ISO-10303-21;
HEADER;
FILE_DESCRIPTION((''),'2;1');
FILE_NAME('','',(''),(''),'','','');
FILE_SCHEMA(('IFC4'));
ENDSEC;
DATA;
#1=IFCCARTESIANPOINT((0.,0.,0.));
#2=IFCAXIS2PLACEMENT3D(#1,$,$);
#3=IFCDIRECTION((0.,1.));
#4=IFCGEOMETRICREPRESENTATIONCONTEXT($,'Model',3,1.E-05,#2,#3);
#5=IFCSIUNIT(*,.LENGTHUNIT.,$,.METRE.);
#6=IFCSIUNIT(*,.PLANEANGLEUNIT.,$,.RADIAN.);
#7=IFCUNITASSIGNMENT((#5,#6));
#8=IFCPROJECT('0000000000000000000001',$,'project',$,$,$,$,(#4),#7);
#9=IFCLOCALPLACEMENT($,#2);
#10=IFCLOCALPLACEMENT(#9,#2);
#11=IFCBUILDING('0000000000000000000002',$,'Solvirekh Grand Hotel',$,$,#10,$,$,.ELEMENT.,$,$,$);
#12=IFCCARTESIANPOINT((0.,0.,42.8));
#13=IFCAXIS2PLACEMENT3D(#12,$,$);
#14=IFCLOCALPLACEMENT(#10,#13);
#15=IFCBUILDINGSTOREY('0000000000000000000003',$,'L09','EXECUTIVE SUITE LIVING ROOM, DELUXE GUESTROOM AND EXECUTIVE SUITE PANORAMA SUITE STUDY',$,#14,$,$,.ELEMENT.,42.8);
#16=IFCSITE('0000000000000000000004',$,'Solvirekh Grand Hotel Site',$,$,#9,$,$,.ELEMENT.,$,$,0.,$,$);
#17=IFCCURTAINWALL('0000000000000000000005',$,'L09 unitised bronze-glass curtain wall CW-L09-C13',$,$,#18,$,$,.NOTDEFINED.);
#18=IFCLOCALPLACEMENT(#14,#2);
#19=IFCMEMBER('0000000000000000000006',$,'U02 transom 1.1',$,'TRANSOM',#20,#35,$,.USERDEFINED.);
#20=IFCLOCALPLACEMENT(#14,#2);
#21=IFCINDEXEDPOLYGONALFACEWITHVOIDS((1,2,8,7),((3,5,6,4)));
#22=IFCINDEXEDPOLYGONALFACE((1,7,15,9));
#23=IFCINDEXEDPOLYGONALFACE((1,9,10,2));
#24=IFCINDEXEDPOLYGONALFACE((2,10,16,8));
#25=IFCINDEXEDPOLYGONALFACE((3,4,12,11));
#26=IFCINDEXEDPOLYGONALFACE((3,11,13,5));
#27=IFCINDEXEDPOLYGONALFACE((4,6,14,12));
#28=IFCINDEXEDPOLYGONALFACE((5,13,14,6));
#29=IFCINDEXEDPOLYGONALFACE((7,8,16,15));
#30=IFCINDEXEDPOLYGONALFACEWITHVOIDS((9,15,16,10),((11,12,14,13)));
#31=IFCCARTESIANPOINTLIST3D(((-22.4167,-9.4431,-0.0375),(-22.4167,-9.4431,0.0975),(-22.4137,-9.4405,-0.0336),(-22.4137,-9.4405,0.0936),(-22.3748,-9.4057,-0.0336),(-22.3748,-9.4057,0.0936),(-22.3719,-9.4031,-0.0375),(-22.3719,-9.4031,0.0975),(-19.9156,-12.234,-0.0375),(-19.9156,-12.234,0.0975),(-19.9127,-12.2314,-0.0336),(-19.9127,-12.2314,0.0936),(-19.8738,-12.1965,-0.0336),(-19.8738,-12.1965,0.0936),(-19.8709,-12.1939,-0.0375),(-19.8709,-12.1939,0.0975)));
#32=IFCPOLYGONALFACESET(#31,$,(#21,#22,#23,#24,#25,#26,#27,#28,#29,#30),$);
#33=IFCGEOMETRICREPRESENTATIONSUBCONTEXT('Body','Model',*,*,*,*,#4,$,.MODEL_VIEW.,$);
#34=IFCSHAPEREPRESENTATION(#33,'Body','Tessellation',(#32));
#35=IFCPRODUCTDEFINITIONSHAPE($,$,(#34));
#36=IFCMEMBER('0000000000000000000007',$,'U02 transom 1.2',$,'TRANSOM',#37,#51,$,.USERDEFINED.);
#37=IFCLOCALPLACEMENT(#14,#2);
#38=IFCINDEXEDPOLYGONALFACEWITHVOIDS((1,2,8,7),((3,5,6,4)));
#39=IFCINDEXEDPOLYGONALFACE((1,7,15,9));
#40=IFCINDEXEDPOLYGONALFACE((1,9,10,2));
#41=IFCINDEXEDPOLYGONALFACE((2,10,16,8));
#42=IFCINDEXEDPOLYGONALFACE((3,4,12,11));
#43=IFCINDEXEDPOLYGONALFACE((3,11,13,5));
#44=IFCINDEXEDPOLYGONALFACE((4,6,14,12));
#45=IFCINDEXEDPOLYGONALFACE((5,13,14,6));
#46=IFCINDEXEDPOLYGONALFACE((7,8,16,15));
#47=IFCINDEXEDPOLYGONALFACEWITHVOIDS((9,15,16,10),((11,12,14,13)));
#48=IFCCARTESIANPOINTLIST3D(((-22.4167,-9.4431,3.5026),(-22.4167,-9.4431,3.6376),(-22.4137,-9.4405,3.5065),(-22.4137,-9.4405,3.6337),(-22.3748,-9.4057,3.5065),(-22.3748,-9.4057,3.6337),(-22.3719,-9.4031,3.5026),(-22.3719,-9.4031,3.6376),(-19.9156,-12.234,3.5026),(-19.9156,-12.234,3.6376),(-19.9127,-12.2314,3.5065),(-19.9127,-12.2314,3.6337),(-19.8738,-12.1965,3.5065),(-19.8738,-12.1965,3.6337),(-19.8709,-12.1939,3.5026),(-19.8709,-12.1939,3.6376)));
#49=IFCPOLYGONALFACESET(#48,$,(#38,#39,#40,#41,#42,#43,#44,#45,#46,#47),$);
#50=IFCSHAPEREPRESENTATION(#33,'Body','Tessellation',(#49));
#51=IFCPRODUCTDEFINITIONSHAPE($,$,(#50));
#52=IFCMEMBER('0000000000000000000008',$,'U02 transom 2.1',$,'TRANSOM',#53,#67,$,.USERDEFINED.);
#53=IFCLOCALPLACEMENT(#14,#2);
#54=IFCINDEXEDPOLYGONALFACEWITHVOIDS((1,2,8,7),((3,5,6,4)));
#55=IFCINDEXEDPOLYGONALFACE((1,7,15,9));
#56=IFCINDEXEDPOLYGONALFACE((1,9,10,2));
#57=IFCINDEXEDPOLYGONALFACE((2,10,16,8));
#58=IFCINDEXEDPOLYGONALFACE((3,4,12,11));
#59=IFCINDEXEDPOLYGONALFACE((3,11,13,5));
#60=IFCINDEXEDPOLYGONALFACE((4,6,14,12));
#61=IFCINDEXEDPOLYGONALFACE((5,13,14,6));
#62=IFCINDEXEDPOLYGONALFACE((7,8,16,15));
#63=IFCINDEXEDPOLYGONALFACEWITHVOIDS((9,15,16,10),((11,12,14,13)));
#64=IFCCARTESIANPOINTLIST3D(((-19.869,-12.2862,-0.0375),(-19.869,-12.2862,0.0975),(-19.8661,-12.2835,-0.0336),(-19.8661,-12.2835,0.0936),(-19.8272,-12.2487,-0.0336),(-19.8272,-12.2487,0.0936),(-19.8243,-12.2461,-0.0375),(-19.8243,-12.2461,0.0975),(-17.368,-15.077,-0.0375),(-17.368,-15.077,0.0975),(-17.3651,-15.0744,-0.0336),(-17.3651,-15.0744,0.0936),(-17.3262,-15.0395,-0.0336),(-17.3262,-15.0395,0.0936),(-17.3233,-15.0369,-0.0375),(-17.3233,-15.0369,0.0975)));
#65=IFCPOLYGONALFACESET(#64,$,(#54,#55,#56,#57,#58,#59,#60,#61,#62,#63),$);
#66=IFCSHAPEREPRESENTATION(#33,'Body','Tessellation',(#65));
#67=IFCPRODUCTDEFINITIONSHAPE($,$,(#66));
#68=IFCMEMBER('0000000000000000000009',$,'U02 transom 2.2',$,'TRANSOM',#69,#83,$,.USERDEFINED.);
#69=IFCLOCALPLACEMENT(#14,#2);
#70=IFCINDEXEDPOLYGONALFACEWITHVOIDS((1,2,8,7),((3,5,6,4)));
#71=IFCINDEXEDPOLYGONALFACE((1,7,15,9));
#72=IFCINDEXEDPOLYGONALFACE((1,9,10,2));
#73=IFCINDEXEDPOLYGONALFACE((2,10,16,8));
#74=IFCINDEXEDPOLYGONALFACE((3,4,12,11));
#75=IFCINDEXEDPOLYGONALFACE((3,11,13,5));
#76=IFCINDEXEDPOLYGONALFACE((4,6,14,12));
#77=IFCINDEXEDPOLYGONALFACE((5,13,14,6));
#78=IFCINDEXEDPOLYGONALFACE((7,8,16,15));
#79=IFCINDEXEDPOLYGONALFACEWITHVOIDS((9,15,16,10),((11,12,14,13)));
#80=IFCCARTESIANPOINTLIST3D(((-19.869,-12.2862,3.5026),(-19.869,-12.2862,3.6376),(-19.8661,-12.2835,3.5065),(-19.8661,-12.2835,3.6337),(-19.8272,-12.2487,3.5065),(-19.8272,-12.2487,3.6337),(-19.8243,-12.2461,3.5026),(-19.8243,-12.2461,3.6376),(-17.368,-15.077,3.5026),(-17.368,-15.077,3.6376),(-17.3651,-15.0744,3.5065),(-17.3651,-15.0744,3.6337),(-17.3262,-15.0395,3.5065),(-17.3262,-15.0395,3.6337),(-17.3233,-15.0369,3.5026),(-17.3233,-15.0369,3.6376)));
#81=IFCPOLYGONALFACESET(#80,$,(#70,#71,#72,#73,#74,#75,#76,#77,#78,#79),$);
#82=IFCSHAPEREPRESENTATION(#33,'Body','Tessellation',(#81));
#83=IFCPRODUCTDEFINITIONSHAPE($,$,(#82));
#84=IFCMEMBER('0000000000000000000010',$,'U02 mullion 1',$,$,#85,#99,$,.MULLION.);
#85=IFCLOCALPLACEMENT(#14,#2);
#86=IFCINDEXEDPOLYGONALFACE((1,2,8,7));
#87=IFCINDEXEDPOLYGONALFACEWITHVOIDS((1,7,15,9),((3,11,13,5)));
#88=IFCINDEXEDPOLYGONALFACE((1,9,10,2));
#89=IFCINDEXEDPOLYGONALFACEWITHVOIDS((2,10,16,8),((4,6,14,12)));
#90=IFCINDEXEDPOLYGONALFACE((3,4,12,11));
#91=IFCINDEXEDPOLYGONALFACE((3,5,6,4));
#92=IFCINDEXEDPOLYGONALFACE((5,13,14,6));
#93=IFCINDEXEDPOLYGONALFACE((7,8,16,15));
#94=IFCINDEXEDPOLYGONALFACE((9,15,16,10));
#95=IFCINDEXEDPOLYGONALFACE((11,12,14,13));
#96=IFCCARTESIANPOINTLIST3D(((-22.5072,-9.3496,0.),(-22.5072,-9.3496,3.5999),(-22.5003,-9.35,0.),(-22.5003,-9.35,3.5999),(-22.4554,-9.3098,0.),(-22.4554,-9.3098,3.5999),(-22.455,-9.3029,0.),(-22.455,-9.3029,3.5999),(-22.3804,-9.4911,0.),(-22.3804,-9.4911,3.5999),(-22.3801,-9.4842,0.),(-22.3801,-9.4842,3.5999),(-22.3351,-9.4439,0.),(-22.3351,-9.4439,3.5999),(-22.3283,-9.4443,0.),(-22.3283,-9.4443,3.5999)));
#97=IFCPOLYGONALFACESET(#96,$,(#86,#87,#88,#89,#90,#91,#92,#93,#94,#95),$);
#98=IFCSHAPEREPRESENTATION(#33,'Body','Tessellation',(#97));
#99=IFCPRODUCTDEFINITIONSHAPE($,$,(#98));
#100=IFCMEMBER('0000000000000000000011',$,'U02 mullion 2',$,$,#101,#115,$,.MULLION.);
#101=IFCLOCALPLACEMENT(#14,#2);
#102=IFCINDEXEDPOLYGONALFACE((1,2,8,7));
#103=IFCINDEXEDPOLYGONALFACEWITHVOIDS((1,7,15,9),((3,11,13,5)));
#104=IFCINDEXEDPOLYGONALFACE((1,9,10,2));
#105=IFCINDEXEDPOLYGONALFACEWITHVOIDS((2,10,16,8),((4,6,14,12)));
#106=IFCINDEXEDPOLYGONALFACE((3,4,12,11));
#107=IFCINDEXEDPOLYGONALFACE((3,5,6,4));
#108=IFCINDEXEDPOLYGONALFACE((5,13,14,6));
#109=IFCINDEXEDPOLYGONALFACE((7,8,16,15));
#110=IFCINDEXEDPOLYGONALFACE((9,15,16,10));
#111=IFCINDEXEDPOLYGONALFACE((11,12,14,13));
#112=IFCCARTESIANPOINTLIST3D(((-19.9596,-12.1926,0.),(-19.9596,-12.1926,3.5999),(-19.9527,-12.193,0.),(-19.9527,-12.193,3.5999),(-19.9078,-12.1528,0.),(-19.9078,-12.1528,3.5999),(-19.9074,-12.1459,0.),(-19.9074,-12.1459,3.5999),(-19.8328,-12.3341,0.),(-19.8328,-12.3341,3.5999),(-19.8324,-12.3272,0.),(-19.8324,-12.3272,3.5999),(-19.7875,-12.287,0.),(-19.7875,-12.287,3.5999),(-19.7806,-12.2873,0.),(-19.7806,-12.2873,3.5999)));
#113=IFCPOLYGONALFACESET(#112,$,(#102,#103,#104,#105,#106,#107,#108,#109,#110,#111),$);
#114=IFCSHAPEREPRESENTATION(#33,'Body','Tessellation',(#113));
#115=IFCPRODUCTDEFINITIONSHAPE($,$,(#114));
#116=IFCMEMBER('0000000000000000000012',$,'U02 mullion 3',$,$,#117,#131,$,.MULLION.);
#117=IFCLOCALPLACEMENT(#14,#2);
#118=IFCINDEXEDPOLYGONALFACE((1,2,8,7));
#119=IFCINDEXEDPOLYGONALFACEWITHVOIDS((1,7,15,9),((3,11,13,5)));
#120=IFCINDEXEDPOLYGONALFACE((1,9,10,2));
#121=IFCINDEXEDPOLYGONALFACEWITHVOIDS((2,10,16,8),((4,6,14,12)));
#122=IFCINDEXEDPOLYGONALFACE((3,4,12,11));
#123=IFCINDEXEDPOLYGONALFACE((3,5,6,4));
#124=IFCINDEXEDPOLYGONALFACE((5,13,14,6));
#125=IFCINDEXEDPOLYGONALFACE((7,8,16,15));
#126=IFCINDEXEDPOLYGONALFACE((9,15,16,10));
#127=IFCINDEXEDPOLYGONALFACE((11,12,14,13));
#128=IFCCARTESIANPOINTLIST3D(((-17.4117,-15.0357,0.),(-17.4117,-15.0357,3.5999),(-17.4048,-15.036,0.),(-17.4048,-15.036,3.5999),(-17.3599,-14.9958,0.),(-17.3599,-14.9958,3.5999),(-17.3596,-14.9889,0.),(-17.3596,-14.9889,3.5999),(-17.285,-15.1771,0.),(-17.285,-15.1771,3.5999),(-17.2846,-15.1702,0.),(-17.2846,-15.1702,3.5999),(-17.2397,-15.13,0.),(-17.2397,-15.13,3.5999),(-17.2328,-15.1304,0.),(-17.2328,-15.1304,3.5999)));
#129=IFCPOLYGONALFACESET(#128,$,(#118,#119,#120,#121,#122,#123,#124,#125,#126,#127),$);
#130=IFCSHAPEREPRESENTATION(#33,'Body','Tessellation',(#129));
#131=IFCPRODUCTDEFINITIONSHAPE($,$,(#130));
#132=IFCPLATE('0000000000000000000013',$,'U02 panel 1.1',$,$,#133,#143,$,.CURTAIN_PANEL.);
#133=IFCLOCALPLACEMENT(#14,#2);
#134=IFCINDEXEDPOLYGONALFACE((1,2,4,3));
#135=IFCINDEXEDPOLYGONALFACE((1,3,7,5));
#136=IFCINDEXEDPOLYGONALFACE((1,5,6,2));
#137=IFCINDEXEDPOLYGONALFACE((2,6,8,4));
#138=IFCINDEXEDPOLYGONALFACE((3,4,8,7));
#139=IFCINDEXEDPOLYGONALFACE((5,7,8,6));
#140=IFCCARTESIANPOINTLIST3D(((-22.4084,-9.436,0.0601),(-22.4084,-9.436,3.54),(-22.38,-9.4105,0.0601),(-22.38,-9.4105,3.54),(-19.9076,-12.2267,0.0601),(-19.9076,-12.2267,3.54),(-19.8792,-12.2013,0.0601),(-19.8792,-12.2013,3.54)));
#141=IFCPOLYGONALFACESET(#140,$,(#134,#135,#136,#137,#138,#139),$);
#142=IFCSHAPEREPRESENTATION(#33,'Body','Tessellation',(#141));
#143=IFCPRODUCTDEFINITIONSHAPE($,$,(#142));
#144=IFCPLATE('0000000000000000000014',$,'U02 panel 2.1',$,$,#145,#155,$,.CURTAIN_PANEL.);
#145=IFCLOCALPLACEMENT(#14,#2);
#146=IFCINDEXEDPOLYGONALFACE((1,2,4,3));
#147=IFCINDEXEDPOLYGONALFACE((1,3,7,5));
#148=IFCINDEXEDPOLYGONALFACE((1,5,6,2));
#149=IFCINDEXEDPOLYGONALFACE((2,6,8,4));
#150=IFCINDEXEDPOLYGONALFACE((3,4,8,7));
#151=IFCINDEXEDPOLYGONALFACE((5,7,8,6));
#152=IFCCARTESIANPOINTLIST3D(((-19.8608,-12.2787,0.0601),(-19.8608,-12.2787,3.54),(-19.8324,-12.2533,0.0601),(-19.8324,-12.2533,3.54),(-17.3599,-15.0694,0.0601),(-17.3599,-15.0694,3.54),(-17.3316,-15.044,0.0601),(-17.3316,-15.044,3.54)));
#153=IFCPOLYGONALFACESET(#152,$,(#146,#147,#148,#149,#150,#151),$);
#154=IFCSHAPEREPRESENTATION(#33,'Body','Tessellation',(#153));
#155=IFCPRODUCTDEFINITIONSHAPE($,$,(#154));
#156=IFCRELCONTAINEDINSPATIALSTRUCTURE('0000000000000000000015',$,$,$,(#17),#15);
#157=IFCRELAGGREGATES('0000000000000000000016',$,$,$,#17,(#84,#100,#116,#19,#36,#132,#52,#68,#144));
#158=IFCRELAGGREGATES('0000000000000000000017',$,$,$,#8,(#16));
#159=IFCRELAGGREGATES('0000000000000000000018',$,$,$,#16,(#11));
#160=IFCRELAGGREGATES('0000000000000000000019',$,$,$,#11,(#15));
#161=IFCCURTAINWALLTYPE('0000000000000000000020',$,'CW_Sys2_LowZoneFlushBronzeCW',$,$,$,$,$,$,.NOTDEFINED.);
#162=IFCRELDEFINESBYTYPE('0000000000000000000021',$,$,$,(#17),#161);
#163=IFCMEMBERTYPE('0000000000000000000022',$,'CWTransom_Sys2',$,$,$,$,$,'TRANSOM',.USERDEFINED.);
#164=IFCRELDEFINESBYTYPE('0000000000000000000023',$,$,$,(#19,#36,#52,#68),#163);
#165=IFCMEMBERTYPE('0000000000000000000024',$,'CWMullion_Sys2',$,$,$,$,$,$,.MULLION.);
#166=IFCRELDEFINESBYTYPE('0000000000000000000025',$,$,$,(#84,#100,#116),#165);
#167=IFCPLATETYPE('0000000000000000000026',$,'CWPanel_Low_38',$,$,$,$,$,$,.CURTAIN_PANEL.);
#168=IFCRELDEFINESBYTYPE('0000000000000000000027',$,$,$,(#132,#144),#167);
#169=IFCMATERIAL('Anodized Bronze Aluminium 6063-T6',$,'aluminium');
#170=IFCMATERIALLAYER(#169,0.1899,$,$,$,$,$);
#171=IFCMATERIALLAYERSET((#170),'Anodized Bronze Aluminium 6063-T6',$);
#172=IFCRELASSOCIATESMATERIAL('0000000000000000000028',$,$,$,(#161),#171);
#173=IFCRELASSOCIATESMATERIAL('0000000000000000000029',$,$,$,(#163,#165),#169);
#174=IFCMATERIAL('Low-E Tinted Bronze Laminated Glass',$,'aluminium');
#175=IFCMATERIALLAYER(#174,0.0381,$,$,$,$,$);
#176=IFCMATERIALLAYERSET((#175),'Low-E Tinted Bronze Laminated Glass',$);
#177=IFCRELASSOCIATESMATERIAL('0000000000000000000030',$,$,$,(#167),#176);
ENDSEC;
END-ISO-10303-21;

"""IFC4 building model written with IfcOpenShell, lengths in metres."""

from ifc_helpers import new_model, si_unit, direction, frame, origin, origin_2d, place, context, subcontext, project, spatial, rectangle, hollow_rectangle, extrude, source, transform, mapped, material, layer, layer_set, material_profile, profile_set, type_object, element, aggregate, save


model = new_model("IFC4")

# Units and contexts
model_context = context("Model", 3, precision=1e-05, world=origin(), true_north=direction((0.0, 1.0)))
body_context = subcontext(model_context, "Body", "Model", "MODEL_VIEW")
ifc_project = project(units=[si_unit("LENGTHUNIT", "METRE"), si_unit("PLANEANGLEUNIT", "RADIAN")], contexts=[model_context])

# Site, building, storey
site_placement = place(None, origin())
site = spatial("IfcSite", under=ifc_project, at=site_placement, Name="Solvirekh Grand Hotel Site", CompositionType="ELEMENT", RefElevation=0.0)
building_placement = place(site_placement, origin())
building = spatial("IfcBuilding", under=site, at=building_placement, Name="Solvirekh Grand Hotel", CompositionType="ELEMENT")
storey_placement = place(building_placement, frame((0.0, 0.0, 42.8)))
storey = spatial("IfcBuildingStorey", under=building, at=storey_placement, Name="L09", Description="EXECUTIVE SUITE LIVING ROOM, DELUXE GUESTROOM AND EXECUTIVE SUITE PANORAMA SUITE STUDY", CompositionType="ELEMENT", Elevation=42.8)

# Curtain wall, members, plates
ifc_material_1 = material(Name="Anodized Bronze Aluminium 6063-T6", Category="aluminium")
ifc_layer_1 = layer(ifc_material_1, 0.1899)
ifc_layer_set_1 = layer_set([ifc_layer_1], Name="Anodized Bronze Aluminium 6063-T6")
curtain_wall_type = type_object("IfcCurtainWallType", Name="CW_Sys2_LowZoneFlushBronzeCW", PredefinedType="NOTDEFINED", material=ifc_layer_set_1)
curtain_wall_placement = place(storey_placement, origin())
curtain_wall = element("IfcCurtainWall", 1, at=curtain_wall_placement, inside=storey, type_object=curtain_wall_type, Name="L09 unitised bronze-glass curtain wall CW-L09-C13", PredefinedType="NOTDEFINED")
ifc_material_profile_1 = material_profile(ifc_material_1, hollow_rectangle(XDim=0.0601, YDim=0.135, WallThickness=0.0039, at=origin_2d()), Name="ALU RHS 135X60X4")
ifc_profile_set_1 = profile_set([ifc_material_profile_1], Name="Anodized Bronze Aluminium 6063-T6")
member_type_1 = type_object("IfcMemberType", Name="CWTransom_Sys2", ElementType="TRANSOM", PredefinedType="USERDEFINED", material=ifc_profile_set_1)
shared_shape_1 = source(origin(), body_context, "Body", "SweptSolid", [
    extrude(hollow_rectangle(XDim=0.0601, YDim=0.135, WallThickness=0.0039, at=origin_2d()), origin(), (0.0, 0.0, 1.0), 3.7476),
])
member_1_placement = place(storey_placement, frame((-22.3943, -9.4231, 0.03), z_axis=(0.667383, -0.744715, 0.0), x_axis=(0.744715, 0.667383, 0.0)))
member_1 = element("IfcMember", 2, at=member_1_placement, type_object=member_type_1, Name="U02 transom 1.1", ObjectType="TRANSOM", PredefinedType="USERDEFINED", context=body_context, shape_type="MappedRepresentation", body=[
    mapped(shared_shape_1, transform((0.0, 0.0, 0.0), x_axis=(1.0, 0.0, 0.0), y_axis=(0.0, 1.0, 0.0), z_axis=(0.0, 0.0, 1.0), scale=1.0)),
])
member_2_placement = place(storey_placement, frame((-22.3943, -9.4231, 3.5701), z_axis=(0.667383, -0.744715, 0.0), x_axis=(0.744715, 0.667383, 0.0)))
member_2 = element("IfcMember", 3, at=member_2_placement, type_object=member_type_1, Name="U02 transom 1.2", ObjectType="TRANSOM", PredefinedType="USERDEFINED", context=body_context, shape_type="MappedRepresentation", body=[
    mapped(shared_shape_1, transform((0.0, 0.0, 0.0), x_axis=(1.0, 0.0, 0.0), y_axis=(0.0, 1.0, 0.0), z_axis=(0.0, 0.0, 1.0), scale=1.0)),
])
member_3_placement = place(storey_placement, frame((-19.8467, -12.2661, 0.03), z_axis=(0.667383, -0.744715, 0.0), x_axis=(0.744715, 0.667383, 0.0)))
member_3 = element("IfcMember", 4, at=member_3_placement, type_object=member_type_1, Name="U02 transom 2.1", ObjectType="TRANSOM", PredefinedType="USERDEFINED", context=body_context, shape_type="MappedRepresentation", body=[
    mapped(shared_shape_1, transform((0.0, 0.0, 0.0), x_axis=(1.0, 0.0, 0.0), y_axis=(0.0, 1.0, 0.0), z_axis=(0.0, 0.0, 1.0), scale=1.0)),
])
member_4_placement = place(storey_placement, frame((-19.8467, -12.2661, 3.5701), z_axis=(0.667383, -0.744715, 0.0), x_axis=(0.744715, 0.667383, 0.0)))
member_4 = element("IfcMember", 5, at=member_4_placement, type_object=member_type_1, Name="U02 transom 2.2", ObjectType="TRANSOM", PredefinedType="USERDEFINED", context=body_context, shape_type="MappedRepresentation", body=[
    mapped(shared_shape_1, transform((0.0, 0.0, 0.0), x_axis=(1.0, 0.0, 0.0), y_axis=(0.0, 1.0, 0.0), z_axis=(0.0, 0.0, 1.0), scale=1.0)),
])
ifc_material_profile_2 = material_profile(ifc_material_1, hollow_rectangle(XDim=0.0701, YDim=0.1899, WallThickness=0.0049, at=origin_2d()), Name="ALU RHS 190X70X5")
ifc_profile_set_2 = profile_set([ifc_material_profile_2], Name="Anodized Bronze Aluminium 6063-T6")
member_type_2 = type_object("IfcMemberType", Name="CWMullion_Sys2", PredefinedType="MULLION", material=ifc_profile_set_2)
shared_shape_2 = source(origin(), body_context, "Body", "SweptSolid", [
    extrude(hollow_rectangle(XDim=0.0701, YDim=0.1899, WallThickness=0.0049, at=origin_2d()), origin(), (0.0, 0.0, 1.0), 3.5999),
])
member_5_placement = place(storey_placement, frame((-22.4177, -9.397, 0.0), z_axis=(0.0, 0.0, 1.0), x_axis=(0.744725, 0.667371, 0.0)))
member_5 = element("IfcMember", 6, at=member_5_placement, type_object=member_type_2, Name="U02 mullion 1", PredefinedType="MULLION", context=body_context, shape_type="MappedRepresentation", body=[
    mapped(shared_shape_2, transform((0.0, 0.0, 0.0), x_axis=(1.0, 0.0, 0.0), y_axis=(0.0, 1.0, 0.0), z_axis=(0.0, 0.0, 1.0), scale=1.0)),
])
member_6_placement = place(storey_placement, frame((-19.8701, -12.24, 0.0), z_axis=(0.0, 0.0, 1.0), x_axis=(0.744725, 0.667371, 0.0)))
member_6 = element("IfcMember", 7, at=member_6_placement, type_object=member_type_2, Name="U02 mullion 2", PredefinedType="MULLION", context=body_context, shape_type="MappedRepresentation", body=[
    mapped(shared_shape_2, transform((0.0, 0.0, 0.0), x_axis=(1.0, 0.0, 0.0), y_axis=(0.0, 1.0, 0.0), z_axis=(0.0, 0.0, 1.0), scale=1.0)),
])
member_7_placement = place(storey_placement, frame((-17.3223, -15.083, 0.0), z_axis=(0.0, 0.0, 1.0), x_axis=(0.744725, 0.667371, 0.0)))
member_7 = element("IfcMember", 8, at=member_7_placement, type_object=member_type_2, Name="U02 mullion 3", PredefinedType="MULLION", context=body_context, shape_type="MappedRepresentation", body=[
    mapped(shared_shape_2, transform((0.0, 0.0, 0.0), x_axis=(1.0, 0.0, 0.0), y_axis=(0.0, 1.0, 0.0), z_axis=(0.0, 0.0, 1.0), scale=1.0)),
])
ifc_material_2 = material(Name="Low-E Tinted Bronze Laminated Glass", Category="aluminium")
ifc_layer_2 = layer(ifc_material_2, 0.0381)
ifc_layer_set_2 = layer_set([ifc_layer_2], Name="Low-E Tinted Bronze Laminated Glass")
plate_type = type_object("IfcPlateType", Name="CWPanel_Low_38", PredefinedType="CURTAIN_PANEL", material=ifc_layer_set_2)
shared_shape_3 = source(origin(), body_context, "Body", "SweptSolid", [
    extrude(rectangle(XDim=3.7473, YDim=0.0381, at=origin_2d()), origin(), (0.0, 0.0, 1.0), 3.48),
])
plate_1_placement = place(storey_placement, frame((-21.1438, -10.8186, 0.0601), z_axis=(0.0, 0.0, 1.0), x_axis=(0.667371, -0.744725, 0.0)))
plate_1 = element("IfcPlate", 9, at=plate_1_placement, type_object=plate_type, Name="U02 panel 1.1", PredefinedType="CURTAIN_PANEL", context=body_context, shape_type="MappedRepresentation", body=[
    mapped(shared_shape_3, transform((0.0, 0.0, 0.0), x_axis=(1.0, 0.0, 0.0), y_axis=(0.0, 1.0, 0.0), z_axis=(0.0, 0.0, 1.0), scale=1.0)),
])
plate_2_placement = place(storey_placement, frame((-18.5962, -13.6614, 0.0601), z_axis=(0.0, 0.0, 1.0), x_axis=(0.667371, -0.744725, 0.0)))
plate_2 = element("IfcPlate", 10, at=plate_2_placement, type_object=plate_type, Name="U02 panel 2.1", PredefinedType="CURTAIN_PANEL", context=body_context, shape_type="MappedRepresentation", body=[
    mapped(shared_shape_3, transform((0.0, 0.0, 0.0), x_axis=(1.0, 0.0, 0.0), y_axis=(0.0, 1.0, 0.0), z_axis=(0.0, 0.0, 1.0), scale=1.0)),
])
aggregate(curtain_wall, [member_5, member_6, member_7, member_1, member_2, plate_1, member_3, member_4, plate_2])

save(model, "model.ifc")
